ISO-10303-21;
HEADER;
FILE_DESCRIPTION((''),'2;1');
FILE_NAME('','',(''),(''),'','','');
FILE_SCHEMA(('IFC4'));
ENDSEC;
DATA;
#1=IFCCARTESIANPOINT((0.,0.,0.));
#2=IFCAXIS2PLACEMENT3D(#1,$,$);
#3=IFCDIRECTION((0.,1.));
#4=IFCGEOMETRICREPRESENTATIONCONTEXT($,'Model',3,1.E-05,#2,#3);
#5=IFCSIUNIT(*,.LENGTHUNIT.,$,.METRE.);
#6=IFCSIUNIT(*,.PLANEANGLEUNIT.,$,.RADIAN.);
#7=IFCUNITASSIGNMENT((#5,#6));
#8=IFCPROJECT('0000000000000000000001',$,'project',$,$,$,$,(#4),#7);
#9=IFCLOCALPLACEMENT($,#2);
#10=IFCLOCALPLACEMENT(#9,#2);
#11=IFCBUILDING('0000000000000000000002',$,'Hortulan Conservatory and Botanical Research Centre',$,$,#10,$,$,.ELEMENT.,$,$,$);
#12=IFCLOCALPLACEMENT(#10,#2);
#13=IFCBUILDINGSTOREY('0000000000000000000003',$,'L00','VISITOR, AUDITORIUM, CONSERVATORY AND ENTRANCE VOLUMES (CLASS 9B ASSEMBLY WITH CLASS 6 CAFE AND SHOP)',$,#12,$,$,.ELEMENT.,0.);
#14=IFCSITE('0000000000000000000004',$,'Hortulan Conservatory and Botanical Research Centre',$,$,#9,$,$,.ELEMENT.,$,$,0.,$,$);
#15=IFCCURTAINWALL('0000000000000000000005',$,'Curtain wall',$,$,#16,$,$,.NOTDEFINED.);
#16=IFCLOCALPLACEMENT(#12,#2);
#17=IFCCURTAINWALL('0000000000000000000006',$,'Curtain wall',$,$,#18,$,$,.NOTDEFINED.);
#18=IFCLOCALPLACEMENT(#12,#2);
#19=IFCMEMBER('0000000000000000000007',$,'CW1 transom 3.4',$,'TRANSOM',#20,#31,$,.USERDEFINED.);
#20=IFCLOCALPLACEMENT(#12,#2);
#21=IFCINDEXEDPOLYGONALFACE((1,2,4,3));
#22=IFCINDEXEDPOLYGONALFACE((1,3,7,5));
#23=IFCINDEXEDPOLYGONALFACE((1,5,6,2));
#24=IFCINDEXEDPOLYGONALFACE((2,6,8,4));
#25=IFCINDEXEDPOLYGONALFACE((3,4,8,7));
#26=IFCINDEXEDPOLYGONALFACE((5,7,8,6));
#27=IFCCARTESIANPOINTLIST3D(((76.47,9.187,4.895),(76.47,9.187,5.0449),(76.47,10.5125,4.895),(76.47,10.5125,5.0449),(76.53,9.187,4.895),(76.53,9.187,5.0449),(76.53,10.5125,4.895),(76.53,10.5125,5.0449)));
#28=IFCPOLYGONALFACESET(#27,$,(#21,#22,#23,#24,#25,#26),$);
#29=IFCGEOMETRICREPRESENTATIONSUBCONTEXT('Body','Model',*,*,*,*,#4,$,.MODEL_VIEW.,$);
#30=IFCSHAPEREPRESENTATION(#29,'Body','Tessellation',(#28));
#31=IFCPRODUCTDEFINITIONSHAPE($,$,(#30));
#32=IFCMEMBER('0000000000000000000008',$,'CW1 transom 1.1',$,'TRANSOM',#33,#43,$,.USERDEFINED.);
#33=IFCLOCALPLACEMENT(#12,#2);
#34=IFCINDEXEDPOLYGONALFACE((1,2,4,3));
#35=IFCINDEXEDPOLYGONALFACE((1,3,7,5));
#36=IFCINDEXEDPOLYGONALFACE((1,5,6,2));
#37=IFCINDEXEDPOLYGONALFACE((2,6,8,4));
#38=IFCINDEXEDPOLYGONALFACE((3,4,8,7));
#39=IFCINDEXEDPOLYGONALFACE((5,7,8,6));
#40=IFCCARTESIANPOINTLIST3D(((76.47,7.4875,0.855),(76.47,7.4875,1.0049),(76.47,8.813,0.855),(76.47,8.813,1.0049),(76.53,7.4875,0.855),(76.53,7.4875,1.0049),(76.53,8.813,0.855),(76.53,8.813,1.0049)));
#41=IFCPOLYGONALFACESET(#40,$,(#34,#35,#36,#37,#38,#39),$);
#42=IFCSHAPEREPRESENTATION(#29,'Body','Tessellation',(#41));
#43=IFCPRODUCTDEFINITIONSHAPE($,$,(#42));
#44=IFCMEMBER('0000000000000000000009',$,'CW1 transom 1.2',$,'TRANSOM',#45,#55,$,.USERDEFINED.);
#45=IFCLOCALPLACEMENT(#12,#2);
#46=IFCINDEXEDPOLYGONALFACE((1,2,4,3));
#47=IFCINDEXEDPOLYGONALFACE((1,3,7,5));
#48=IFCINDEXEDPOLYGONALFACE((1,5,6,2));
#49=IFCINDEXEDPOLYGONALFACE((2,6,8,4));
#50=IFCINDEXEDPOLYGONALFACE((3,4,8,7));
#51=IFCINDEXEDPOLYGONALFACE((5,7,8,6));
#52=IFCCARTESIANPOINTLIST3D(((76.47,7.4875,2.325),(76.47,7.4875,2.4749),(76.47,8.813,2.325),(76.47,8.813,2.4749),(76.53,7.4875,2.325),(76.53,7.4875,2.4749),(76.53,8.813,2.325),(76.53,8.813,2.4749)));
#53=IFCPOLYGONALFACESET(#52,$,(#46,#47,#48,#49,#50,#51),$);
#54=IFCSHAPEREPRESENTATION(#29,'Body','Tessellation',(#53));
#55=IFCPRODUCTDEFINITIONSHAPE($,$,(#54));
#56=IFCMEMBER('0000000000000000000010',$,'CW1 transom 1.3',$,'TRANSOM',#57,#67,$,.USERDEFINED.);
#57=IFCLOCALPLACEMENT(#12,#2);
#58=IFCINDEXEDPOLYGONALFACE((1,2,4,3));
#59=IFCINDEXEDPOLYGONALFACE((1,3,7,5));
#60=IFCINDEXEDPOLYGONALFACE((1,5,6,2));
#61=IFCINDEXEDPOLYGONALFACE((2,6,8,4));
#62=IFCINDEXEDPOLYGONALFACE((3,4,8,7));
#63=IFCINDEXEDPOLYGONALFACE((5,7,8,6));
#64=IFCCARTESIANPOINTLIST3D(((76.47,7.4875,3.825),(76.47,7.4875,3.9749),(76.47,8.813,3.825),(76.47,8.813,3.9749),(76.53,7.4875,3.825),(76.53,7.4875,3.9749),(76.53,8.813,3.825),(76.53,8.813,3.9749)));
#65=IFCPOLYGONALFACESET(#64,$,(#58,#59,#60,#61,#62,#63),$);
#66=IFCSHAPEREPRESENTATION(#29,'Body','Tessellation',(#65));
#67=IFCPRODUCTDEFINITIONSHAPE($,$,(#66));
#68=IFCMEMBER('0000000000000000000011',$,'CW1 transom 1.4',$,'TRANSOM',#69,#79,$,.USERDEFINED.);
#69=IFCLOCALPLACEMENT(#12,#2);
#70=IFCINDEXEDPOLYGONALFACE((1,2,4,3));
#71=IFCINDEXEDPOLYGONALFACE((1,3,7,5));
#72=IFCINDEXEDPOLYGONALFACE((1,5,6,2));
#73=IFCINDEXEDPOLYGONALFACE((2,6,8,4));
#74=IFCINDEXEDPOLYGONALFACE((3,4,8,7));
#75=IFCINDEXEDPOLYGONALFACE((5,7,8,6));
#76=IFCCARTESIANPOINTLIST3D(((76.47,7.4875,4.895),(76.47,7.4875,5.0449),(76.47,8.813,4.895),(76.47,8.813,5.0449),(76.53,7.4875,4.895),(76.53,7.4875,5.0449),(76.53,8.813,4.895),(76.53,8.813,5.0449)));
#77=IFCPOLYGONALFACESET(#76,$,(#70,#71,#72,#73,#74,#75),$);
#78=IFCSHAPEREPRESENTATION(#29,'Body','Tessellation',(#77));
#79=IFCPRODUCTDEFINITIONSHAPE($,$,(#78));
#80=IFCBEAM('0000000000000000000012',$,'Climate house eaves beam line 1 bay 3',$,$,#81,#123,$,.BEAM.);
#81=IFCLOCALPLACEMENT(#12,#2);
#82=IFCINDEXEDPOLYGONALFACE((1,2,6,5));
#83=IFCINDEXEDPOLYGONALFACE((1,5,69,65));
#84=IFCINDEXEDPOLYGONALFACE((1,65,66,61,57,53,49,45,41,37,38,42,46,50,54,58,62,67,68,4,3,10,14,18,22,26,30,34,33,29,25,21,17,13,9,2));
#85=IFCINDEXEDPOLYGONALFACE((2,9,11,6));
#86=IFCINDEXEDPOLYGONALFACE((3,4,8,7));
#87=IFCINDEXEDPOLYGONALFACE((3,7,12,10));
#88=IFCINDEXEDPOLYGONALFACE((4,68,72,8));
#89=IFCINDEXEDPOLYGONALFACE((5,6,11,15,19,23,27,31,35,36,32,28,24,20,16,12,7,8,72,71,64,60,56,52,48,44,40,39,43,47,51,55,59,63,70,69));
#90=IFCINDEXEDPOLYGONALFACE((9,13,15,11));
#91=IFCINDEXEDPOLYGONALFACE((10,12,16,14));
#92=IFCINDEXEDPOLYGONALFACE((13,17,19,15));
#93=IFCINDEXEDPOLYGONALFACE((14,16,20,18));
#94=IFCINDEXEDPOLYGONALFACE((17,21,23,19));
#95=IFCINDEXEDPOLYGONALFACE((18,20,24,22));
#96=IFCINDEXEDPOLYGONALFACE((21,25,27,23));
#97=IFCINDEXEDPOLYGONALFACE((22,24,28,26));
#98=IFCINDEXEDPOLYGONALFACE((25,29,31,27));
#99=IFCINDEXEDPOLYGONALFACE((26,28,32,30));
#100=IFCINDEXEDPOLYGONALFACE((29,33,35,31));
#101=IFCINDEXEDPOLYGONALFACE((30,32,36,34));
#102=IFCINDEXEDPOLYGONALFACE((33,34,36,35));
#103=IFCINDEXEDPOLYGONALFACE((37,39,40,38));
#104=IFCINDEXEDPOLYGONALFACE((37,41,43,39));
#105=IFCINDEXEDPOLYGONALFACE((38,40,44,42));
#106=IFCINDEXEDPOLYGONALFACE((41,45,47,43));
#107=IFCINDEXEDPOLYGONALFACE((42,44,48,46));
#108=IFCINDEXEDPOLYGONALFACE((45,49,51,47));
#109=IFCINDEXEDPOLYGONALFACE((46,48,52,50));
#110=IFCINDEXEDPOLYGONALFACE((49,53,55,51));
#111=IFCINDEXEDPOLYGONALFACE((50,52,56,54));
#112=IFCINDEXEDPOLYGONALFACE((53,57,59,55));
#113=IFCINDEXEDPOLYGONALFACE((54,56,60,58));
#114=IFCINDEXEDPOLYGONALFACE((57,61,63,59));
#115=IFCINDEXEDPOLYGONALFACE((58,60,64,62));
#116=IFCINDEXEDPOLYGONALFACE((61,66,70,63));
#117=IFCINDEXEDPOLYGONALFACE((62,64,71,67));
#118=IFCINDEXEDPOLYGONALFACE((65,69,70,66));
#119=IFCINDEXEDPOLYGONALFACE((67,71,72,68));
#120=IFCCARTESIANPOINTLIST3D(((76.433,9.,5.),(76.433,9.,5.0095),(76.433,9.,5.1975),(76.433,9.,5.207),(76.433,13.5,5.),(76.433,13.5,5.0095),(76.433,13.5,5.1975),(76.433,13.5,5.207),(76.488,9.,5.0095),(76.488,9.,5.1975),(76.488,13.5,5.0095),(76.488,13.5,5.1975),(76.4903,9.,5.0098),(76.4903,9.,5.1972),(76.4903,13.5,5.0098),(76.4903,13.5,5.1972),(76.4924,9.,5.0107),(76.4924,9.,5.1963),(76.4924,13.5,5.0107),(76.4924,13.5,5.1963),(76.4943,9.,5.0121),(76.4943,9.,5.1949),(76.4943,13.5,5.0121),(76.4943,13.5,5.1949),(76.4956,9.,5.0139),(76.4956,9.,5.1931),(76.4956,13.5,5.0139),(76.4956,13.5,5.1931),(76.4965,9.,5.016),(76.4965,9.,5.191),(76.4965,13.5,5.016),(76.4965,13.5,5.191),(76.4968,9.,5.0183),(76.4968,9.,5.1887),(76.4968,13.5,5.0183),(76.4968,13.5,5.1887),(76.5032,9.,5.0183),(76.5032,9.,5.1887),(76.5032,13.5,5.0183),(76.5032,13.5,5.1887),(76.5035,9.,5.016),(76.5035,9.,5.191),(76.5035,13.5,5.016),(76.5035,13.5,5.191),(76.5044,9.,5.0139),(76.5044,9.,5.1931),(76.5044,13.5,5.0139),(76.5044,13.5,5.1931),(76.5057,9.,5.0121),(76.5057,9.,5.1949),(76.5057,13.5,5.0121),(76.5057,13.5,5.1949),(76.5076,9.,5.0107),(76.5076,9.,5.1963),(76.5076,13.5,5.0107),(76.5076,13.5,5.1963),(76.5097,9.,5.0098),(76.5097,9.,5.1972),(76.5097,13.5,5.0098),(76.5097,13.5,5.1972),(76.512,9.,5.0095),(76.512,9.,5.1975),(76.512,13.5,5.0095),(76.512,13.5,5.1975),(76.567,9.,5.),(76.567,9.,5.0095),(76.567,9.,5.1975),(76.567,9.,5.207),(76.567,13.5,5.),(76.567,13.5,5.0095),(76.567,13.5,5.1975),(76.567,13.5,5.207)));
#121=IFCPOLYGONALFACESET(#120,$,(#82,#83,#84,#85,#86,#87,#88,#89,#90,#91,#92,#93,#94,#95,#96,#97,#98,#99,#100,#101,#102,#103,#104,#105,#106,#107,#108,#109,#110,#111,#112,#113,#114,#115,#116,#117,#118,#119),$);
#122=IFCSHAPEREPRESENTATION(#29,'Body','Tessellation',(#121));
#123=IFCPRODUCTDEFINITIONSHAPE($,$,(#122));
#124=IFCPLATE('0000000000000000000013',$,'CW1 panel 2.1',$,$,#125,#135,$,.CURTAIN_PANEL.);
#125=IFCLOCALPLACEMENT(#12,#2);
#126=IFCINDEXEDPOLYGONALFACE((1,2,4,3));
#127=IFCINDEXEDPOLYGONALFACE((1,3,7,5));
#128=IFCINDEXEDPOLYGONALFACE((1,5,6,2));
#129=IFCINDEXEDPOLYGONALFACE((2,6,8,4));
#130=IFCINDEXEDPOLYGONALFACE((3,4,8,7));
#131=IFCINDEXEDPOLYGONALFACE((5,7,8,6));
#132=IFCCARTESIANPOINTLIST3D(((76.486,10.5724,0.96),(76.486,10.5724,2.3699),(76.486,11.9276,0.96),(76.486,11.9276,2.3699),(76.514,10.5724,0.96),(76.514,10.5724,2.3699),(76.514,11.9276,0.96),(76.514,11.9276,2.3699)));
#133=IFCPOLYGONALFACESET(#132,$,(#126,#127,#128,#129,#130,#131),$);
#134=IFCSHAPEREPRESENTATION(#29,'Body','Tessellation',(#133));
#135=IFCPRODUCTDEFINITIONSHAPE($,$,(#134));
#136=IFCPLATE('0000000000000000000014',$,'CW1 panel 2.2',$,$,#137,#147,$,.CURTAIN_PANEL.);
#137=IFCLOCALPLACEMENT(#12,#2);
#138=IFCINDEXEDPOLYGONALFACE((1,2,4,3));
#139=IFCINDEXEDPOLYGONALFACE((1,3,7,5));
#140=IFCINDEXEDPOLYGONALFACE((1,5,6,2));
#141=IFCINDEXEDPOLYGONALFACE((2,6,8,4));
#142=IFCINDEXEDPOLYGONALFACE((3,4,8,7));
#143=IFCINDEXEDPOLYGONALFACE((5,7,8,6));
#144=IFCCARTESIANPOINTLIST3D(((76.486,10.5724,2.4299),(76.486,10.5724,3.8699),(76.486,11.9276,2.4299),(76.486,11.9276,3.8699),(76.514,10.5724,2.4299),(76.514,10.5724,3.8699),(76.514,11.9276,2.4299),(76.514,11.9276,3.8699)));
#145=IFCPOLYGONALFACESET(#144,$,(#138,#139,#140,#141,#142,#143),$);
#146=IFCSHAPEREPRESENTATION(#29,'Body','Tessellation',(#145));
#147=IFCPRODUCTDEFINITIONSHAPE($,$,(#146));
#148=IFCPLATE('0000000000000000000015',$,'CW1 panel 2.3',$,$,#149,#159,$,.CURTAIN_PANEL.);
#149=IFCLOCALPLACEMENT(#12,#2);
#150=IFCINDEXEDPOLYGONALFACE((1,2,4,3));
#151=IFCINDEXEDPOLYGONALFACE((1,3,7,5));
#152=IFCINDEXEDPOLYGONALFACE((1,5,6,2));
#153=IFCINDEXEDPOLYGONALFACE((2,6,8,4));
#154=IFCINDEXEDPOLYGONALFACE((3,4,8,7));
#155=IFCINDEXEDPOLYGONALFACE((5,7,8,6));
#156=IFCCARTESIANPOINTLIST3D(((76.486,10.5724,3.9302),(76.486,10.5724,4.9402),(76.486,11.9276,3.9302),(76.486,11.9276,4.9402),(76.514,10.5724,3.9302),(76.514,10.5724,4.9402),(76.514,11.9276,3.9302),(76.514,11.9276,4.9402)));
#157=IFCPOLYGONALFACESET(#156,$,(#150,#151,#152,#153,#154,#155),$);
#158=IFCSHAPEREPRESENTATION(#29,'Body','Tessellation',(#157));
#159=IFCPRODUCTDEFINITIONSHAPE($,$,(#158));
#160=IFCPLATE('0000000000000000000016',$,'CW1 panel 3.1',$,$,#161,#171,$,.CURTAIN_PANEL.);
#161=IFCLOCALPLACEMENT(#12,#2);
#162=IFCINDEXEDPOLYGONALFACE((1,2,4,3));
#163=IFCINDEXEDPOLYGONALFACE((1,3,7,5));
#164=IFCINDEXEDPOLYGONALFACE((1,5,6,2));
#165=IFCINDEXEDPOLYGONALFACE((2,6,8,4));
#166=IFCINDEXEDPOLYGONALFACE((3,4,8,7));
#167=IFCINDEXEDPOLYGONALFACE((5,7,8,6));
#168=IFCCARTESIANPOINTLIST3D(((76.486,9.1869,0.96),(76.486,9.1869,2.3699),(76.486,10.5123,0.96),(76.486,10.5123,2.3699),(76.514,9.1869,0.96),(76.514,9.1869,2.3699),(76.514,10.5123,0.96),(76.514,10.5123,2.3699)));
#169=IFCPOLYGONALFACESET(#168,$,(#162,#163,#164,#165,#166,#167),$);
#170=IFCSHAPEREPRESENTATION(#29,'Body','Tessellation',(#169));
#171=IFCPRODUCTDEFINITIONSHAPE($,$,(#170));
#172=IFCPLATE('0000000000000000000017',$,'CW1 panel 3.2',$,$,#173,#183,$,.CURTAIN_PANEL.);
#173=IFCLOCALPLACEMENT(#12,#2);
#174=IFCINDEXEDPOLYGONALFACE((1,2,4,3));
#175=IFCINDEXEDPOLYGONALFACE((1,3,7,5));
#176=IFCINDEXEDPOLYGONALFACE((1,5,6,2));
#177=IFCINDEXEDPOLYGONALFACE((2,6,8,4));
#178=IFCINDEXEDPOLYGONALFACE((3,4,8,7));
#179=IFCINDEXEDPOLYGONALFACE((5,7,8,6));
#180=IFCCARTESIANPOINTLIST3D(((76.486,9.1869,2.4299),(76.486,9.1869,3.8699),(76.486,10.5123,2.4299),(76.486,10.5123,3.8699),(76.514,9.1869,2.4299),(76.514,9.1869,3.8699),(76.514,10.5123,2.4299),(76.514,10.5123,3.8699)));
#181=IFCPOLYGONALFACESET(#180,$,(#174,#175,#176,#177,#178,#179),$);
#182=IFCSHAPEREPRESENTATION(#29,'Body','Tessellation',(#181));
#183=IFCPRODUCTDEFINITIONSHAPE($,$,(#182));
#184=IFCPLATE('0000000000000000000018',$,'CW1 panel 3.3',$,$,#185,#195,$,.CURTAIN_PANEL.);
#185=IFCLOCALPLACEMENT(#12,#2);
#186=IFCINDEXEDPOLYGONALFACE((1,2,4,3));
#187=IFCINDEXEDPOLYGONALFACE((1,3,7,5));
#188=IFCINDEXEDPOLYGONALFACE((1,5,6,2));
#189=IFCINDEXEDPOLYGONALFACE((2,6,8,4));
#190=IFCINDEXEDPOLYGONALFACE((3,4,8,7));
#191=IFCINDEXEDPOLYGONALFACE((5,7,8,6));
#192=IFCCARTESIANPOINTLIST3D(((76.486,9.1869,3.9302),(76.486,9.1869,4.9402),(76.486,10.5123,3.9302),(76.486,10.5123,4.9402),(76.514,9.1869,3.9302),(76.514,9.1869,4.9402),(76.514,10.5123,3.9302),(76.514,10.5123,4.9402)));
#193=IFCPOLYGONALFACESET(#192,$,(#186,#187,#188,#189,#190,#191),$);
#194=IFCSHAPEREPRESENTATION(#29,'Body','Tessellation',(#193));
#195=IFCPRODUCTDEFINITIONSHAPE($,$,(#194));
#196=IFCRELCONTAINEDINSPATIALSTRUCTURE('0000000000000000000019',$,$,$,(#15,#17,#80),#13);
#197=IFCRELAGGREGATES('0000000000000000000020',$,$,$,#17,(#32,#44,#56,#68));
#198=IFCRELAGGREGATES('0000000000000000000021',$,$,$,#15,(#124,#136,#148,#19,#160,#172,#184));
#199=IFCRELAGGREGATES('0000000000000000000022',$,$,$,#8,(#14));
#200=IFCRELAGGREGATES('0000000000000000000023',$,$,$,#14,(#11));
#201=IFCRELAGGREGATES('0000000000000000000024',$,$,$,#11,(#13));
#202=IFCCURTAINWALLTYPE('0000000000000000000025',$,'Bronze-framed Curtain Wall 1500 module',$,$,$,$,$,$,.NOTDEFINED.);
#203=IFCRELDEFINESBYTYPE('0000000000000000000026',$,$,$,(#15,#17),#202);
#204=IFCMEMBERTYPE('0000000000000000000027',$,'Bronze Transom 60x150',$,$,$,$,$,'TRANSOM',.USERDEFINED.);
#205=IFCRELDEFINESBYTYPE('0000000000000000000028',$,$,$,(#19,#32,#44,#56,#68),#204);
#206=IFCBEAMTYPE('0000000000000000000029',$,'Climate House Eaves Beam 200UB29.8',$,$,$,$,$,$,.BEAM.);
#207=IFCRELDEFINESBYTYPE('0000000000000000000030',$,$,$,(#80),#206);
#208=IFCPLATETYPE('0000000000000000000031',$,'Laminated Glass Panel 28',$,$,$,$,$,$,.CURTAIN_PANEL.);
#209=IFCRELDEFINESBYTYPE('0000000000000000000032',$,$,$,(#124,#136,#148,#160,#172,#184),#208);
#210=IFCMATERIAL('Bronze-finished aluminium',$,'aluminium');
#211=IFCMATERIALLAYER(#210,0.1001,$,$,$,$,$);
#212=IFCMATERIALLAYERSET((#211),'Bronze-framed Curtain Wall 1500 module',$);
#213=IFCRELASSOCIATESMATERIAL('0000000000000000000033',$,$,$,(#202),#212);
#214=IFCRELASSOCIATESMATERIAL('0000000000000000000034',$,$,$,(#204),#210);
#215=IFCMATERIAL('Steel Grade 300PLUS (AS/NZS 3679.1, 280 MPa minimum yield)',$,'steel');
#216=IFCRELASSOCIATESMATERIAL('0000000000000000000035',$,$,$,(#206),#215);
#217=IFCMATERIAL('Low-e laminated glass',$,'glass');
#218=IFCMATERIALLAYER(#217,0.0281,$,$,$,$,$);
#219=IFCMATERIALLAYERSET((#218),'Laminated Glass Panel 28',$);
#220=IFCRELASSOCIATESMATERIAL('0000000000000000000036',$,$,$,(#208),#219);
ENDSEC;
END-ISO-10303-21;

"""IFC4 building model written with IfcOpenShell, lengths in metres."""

from ifc_helpers import new_model, si_unit, direction, frame, origin, origin_2d, place, context, subcontext, project, spatial, rectangle, i_section, extrude, material, layer, layer_set, material_profile, profile_set, type_object, element, aggregate, save


model = new_model("IFC4")

# Units and contexts
model_context = context("Model", 3, precision=1e-05, world=origin(), true_north=direction((0.0, 1.0)))
body_context = subcontext(model_context, "Body", "Model", "MODEL_VIEW")
ifc_project = project(units=[si_unit("LENGTHUNIT", "METRE"), si_unit("PLANEANGLEUNIT", "RADIAN")], contexts=[model_context])

# Site, building, storey
site_placement = place(None, origin())
site = spatial("IfcSite", under=ifc_project, at=site_placement, Name="Hortulan Conservatory and Botanical Research Centre", CompositionType="ELEMENT", RefElevation=0.0)
building_placement = place(site_placement, origin())
building = spatial("IfcBuilding", under=site, at=building_placement, Name="Hortulan Conservatory and Botanical Research Centre", CompositionType="ELEMENT")
storey_placement = place(building_placement, origin())
storey = spatial("IfcBuildingStorey", under=building, at=storey_placement, Name="L00", Description="VISITOR, AUDITORIUM, CONSERVATORY AND ENTRANCE VOLUMES (CLASS 9B ASSEMBLY WITH CLASS 6 CAFE AND SHOP)", CompositionType="ELEMENT", Elevation=0.0)

# Shared definitions
ifc_material_1 = material(Name="Steel Grade 300PLUS (AS/NZS 3679.1, 280 MPa minimum yield)", Category="steel")

# Curtain wall
ifc_material_2 = material(Name="Bronze-finished aluminium", Category="aluminium")
ifc_layer_1 = layer(ifc_material_2, 0.1001)
ifc_layer_set_1 = layer_set([ifc_layer_1], Name="Bronze-framed Curtain Wall 1500 module")
curtain_wall_type = type_object("IfcCurtainWallType", Name="Bronze-framed Curtain Wall 1500 module", PredefinedType="NOTDEFINED", material=ifc_layer_set_1)
curtain_wall_1_placement = place(storey_placement, origin())
curtain_wall_1 = element("IfcCurtainWall", 1, at=curtain_wall_1_placement, inside=storey, type_object=curtain_wall_type, Name="Curtain wall", PredefinedType="NOTDEFINED")

# Curtain wall
curtain_wall_2_placement = place(storey_placement, origin())
curtain_wall_2 = element("IfcCurtainWall", 2, at=curtain_wall_2_placement, inside=storey, type_object=curtain_wall_type, Name="Curtain wall", PredefinedType="NOTDEFINED")

# Members
ifc_material_profile_1 = material_profile(ifc_material_2, rectangle(XDim=0.0601, YDim=0.1499, at=origin_2d()), Name="Bronze Transom 60x150")
ifc_profile_set_1 = profile_set([ifc_material_profile_1], Name="Bronze-finished aluminium")
member_type_1 = type_object("IfcMemberType", Name="Bronze Transom 60x150", ElementType="TRANSOM", PredefinedType="USERDEFINED", material=ifc_profile_set_1)
member_1_placement = place(storey_placement, frame((76.5, 10.5125, 4.97), z_axis=(0.0, -1.0, 0.0), x_axis=(1.0, 0.0, 0.0)))
member_1 = element("IfcMember", 3, at=member_1_placement, type_object=member_type_1, Name="CW1 transom 3.4", ObjectType="TRANSOM", PredefinedType="USERDEFINED", context=body_context, shape_type="SweptSolid", body=[
    extrude(rectangle(XDim=0.0601, YDim=0.1499, at=origin_2d()), origin(), (0.0, 0.0, 1.0), 1.3254),
])
member_2_placement = place(storey_placement, frame((76.5, 8.813, 0.9299), z_axis=(0.0, -1.0, 0.0), x_axis=(1.0, 0.0, 0.0)))
member_2 = element("IfcMember", 4, at=member_2_placement, type_object=member_type_1, Name="CW1 transom 1.1", ObjectType="TRANSOM", PredefinedType="USERDEFINED", context=body_context, shape_type="SweptSolid", body=[
    extrude(rectangle(XDim=0.0601, YDim=0.1499, at=origin_2d()), origin(), (0.0, 0.0, 1.0), 1.3254),
])
member_3_placement = place(storey_placement, frame((76.5, 8.813, 2.3999), z_axis=(0.0, -1.0, 0.0), x_axis=(1.0, 0.0, 0.0)))
member_3 = element("IfcMember", 5, at=member_3_placement, type_object=member_type_1, Name="CW1 transom 1.2", ObjectType="TRANSOM", PredefinedType="USERDEFINED", context=body_context, shape_type="SweptSolid", body=[
    extrude(rectangle(XDim=0.0601, YDim=0.1499, at=origin_2d()), origin(), (0.0, 0.0, 1.0), 1.3254),
])
member_4_placement = place(storey_placement, frame((76.5, 8.813, 3.8999), z_axis=(0.0, -1.0, 0.0), x_axis=(1.0, 0.0, 0.0)))
member_4 = element("IfcMember", 6, at=member_4_placement, type_object=member_type_1, Name="CW1 transom 1.3", ObjectType="TRANSOM", PredefinedType="USERDEFINED", context=body_context, shape_type="SweptSolid", body=[
    extrude(rectangle(XDim=0.0601, YDim=0.1499, at=origin_2d()), origin(), (0.0, 0.0, 1.0), 1.3254),
])
member_5_placement = place(storey_placement, frame((76.5, 8.813, 4.97), z_axis=(0.0, -1.0, 0.0), x_axis=(1.0, 0.0, 0.0)))
member_5 = element("IfcMember", 7, at=member_5_placement, type_object=member_type_1, Name="CW1 transom 1.4", ObjectType="TRANSOM", PredefinedType="USERDEFINED", context=body_context, shape_type="SweptSolid", body=[
    extrude(rectangle(XDim=0.0601, YDim=0.1499, at=origin_2d()), origin(), (0.0, 0.0, 1.0), 1.3254),
])
aggregate(curtain_wall_2, [member_2, member_3, member_4, member_5])

# Beam
ifc_material_profile_2 = material_profile(ifc_material_1, i_section(OverallWidth=0.134, OverallDepth=0.207, WebThickness=0.0063, FlangeThickness=0.0095, FilletRadius=0.0088, at=origin_2d()), Name="200UB29.8")
ifc_profile_set_2 = profile_set([ifc_material_profile_2], Name="Steel Grade 300PLUS (AS/NZS 3679.1, 280 MPa minimum yield)")
beam_type = type_object("IfcBeamType", Name="Climate House Eaves Beam 200UB29.8", PredefinedType="BEAM", material=ifc_profile_set_2)
beam_placement = place(storey_placement, frame((76.5, 9.0, 5.1035), z_axis=(0.0, 1.0, 0.0), x_axis=(-1.0, 0.0, 0.0)))
element("IfcBeam", 8, at=beam_placement, inside=storey, type_object=beam_type, Name="Climate house eaves beam line 1 bay 3", PredefinedType="BEAM", context=body_context, shape_type="SweptSolid", body=[
    extrude(i_section(OverallWidth=0.134, OverallDepth=0.207, WebThickness=0.0063, FlangeThickness=0.0095, FilletRadius=0.0088, at=origin_2d()), origin(), (0.0, 0.0, 1.0), 4.5),
])

# Plates
ifc_material_3 = material(Name="Low-e laminated glass", Category="glass")
ifc_layer_2 = layer(ifc_material_3, 0.0281)
ifc_layer_set_2 = layer_set([ifc_layer_2], Name="Laminated Glass Panel 28")
plate_type = type_object("IfcPlateType", Name="Laminated Glass Panel 28", PredefinedType="CURTAIN_PANEL", material=ifc_layer_set_2)
plate_1_placement = place(storey_placement, frame((76.5, 11.25, 0.96), z_axis=(0.0, 0.0, 1.0), x_axis=(0.0, -1.0, 0.0)))
plate_1 = element("IfcPlate", 9, at=plate_1_placement, type_object=plate_type, Name="CW1 panel 2.1", PredefinedType="CURTAIN_PANEL", context=body_context, shape_type="SweptSolid", body=[
    extrude(rectangle(XDim=1.3552, YDim=0.0281, at=origin_2d()), origin(), (0.0, 0.0, 1.0), 1.4099),
])
plate_2_placement = place(storey_placement, frame((76.5, 11.25, 2.4299), z_axis=(0.0, 0.0, 1.0), x_axis=(0.0, -1.0, 0.0)))
plate_2 = element("IfcPlate", 10, at=plate_2_placement, type_object=plate_type, Name="CW1 panel 2.2", PredefinedType="CURTAIN_PANEL", context=body_context, shape_type="SweptSolid", body=[
    extrude(rectangle(XDim=1.3552, YDim=0.0281, at=origin_2d()), origin(), (0.0, 0.0, 1.0), 1.4399),
])
plate_3_placement = place(storey_placement, frame((76.5, 11.25, 3.9302), z_axis=(0.0, 0.0, 1.0), x_axis=(0.0, -1.0, 0.0)))
plate_3 = element("IfcPlate", 11, at=plate_3_placement, type_object=plate_type, Name="CW1 panel 2.3", PredefinedType="CURTAIN_PANEL", context=body_context, shape_type="SweptSolid", body=[
    extrude(rectangle(XDim=1.3552, YDim=0.0281, at=origin_2d()), origin(), (0.0, 0.0, 1.0), 1.01),
])
plate_4_placement = place(storey_placement, frame((76.5, 9.8496, 0.96), z_axis=(0.0, 0.0, 1.0), x_axis=(0.0, -1.0, 0.0)))
plate_4 = element("IfcPlate", 12, at=plate_4_placement, type_object=plate_type, Name="CW1 panel 3.1", PredefinedType="CURTAIN_PANEL", context=body_context, shape_type="SweptSolid", body=[
    extrude(rectangle(XDim=1.3254, YDim=0.0281, at=origin_2d()), origin(), (0.0, 0.0, 1.0), 1.4099),
])
plate_5_placement = place(storey_placement, frame((76.5, 9.8496, 2.4299), z_axis=(0.0, 0.0, 1.0), x_axis=(0.0, -1.0, 0.0)))
plate_5 = element("IfcPlate", 13, at=plate_5_placement, type_object=plate_type, Name="CW1 panel 3.2", PredefinedType="CURTAIN_PANEL", context=body_context, shape_type="SweptSolid", body=[
    extrude(rectangle(XDim=1.3254, YDim=0.0281, at=origin_2d()), origin(), (0.0, 0.0, 1.0), 1.4399),
])
plate_6_placement = place(storey_placement, frame((76.5, 9.8496, 3.9302), z_axis=(0.0, 0.0, 1.0), x_axis=(0.0, -1.0, 0.0)))
plate_6 = element("IfcPlate", 14, at=plate_6_placement, type_object=plate_type, Name="CW1 panel 3.3", PredefinedType="CURTAIN_PANEL", context=body_context, shape_type="SweptSolid", body=[
    extrude(rectangle(XDim=1.3254, YDim=0.0281, at=origin_2d()), origin(), (0.0, 0.0, 1.0), 1.01),
])
aggregate(curtain_wall_1, [plate_1, plate_2, plate_3, member_1, plate_4, plate_5, plate_6])

save(model, "model.ifc")
